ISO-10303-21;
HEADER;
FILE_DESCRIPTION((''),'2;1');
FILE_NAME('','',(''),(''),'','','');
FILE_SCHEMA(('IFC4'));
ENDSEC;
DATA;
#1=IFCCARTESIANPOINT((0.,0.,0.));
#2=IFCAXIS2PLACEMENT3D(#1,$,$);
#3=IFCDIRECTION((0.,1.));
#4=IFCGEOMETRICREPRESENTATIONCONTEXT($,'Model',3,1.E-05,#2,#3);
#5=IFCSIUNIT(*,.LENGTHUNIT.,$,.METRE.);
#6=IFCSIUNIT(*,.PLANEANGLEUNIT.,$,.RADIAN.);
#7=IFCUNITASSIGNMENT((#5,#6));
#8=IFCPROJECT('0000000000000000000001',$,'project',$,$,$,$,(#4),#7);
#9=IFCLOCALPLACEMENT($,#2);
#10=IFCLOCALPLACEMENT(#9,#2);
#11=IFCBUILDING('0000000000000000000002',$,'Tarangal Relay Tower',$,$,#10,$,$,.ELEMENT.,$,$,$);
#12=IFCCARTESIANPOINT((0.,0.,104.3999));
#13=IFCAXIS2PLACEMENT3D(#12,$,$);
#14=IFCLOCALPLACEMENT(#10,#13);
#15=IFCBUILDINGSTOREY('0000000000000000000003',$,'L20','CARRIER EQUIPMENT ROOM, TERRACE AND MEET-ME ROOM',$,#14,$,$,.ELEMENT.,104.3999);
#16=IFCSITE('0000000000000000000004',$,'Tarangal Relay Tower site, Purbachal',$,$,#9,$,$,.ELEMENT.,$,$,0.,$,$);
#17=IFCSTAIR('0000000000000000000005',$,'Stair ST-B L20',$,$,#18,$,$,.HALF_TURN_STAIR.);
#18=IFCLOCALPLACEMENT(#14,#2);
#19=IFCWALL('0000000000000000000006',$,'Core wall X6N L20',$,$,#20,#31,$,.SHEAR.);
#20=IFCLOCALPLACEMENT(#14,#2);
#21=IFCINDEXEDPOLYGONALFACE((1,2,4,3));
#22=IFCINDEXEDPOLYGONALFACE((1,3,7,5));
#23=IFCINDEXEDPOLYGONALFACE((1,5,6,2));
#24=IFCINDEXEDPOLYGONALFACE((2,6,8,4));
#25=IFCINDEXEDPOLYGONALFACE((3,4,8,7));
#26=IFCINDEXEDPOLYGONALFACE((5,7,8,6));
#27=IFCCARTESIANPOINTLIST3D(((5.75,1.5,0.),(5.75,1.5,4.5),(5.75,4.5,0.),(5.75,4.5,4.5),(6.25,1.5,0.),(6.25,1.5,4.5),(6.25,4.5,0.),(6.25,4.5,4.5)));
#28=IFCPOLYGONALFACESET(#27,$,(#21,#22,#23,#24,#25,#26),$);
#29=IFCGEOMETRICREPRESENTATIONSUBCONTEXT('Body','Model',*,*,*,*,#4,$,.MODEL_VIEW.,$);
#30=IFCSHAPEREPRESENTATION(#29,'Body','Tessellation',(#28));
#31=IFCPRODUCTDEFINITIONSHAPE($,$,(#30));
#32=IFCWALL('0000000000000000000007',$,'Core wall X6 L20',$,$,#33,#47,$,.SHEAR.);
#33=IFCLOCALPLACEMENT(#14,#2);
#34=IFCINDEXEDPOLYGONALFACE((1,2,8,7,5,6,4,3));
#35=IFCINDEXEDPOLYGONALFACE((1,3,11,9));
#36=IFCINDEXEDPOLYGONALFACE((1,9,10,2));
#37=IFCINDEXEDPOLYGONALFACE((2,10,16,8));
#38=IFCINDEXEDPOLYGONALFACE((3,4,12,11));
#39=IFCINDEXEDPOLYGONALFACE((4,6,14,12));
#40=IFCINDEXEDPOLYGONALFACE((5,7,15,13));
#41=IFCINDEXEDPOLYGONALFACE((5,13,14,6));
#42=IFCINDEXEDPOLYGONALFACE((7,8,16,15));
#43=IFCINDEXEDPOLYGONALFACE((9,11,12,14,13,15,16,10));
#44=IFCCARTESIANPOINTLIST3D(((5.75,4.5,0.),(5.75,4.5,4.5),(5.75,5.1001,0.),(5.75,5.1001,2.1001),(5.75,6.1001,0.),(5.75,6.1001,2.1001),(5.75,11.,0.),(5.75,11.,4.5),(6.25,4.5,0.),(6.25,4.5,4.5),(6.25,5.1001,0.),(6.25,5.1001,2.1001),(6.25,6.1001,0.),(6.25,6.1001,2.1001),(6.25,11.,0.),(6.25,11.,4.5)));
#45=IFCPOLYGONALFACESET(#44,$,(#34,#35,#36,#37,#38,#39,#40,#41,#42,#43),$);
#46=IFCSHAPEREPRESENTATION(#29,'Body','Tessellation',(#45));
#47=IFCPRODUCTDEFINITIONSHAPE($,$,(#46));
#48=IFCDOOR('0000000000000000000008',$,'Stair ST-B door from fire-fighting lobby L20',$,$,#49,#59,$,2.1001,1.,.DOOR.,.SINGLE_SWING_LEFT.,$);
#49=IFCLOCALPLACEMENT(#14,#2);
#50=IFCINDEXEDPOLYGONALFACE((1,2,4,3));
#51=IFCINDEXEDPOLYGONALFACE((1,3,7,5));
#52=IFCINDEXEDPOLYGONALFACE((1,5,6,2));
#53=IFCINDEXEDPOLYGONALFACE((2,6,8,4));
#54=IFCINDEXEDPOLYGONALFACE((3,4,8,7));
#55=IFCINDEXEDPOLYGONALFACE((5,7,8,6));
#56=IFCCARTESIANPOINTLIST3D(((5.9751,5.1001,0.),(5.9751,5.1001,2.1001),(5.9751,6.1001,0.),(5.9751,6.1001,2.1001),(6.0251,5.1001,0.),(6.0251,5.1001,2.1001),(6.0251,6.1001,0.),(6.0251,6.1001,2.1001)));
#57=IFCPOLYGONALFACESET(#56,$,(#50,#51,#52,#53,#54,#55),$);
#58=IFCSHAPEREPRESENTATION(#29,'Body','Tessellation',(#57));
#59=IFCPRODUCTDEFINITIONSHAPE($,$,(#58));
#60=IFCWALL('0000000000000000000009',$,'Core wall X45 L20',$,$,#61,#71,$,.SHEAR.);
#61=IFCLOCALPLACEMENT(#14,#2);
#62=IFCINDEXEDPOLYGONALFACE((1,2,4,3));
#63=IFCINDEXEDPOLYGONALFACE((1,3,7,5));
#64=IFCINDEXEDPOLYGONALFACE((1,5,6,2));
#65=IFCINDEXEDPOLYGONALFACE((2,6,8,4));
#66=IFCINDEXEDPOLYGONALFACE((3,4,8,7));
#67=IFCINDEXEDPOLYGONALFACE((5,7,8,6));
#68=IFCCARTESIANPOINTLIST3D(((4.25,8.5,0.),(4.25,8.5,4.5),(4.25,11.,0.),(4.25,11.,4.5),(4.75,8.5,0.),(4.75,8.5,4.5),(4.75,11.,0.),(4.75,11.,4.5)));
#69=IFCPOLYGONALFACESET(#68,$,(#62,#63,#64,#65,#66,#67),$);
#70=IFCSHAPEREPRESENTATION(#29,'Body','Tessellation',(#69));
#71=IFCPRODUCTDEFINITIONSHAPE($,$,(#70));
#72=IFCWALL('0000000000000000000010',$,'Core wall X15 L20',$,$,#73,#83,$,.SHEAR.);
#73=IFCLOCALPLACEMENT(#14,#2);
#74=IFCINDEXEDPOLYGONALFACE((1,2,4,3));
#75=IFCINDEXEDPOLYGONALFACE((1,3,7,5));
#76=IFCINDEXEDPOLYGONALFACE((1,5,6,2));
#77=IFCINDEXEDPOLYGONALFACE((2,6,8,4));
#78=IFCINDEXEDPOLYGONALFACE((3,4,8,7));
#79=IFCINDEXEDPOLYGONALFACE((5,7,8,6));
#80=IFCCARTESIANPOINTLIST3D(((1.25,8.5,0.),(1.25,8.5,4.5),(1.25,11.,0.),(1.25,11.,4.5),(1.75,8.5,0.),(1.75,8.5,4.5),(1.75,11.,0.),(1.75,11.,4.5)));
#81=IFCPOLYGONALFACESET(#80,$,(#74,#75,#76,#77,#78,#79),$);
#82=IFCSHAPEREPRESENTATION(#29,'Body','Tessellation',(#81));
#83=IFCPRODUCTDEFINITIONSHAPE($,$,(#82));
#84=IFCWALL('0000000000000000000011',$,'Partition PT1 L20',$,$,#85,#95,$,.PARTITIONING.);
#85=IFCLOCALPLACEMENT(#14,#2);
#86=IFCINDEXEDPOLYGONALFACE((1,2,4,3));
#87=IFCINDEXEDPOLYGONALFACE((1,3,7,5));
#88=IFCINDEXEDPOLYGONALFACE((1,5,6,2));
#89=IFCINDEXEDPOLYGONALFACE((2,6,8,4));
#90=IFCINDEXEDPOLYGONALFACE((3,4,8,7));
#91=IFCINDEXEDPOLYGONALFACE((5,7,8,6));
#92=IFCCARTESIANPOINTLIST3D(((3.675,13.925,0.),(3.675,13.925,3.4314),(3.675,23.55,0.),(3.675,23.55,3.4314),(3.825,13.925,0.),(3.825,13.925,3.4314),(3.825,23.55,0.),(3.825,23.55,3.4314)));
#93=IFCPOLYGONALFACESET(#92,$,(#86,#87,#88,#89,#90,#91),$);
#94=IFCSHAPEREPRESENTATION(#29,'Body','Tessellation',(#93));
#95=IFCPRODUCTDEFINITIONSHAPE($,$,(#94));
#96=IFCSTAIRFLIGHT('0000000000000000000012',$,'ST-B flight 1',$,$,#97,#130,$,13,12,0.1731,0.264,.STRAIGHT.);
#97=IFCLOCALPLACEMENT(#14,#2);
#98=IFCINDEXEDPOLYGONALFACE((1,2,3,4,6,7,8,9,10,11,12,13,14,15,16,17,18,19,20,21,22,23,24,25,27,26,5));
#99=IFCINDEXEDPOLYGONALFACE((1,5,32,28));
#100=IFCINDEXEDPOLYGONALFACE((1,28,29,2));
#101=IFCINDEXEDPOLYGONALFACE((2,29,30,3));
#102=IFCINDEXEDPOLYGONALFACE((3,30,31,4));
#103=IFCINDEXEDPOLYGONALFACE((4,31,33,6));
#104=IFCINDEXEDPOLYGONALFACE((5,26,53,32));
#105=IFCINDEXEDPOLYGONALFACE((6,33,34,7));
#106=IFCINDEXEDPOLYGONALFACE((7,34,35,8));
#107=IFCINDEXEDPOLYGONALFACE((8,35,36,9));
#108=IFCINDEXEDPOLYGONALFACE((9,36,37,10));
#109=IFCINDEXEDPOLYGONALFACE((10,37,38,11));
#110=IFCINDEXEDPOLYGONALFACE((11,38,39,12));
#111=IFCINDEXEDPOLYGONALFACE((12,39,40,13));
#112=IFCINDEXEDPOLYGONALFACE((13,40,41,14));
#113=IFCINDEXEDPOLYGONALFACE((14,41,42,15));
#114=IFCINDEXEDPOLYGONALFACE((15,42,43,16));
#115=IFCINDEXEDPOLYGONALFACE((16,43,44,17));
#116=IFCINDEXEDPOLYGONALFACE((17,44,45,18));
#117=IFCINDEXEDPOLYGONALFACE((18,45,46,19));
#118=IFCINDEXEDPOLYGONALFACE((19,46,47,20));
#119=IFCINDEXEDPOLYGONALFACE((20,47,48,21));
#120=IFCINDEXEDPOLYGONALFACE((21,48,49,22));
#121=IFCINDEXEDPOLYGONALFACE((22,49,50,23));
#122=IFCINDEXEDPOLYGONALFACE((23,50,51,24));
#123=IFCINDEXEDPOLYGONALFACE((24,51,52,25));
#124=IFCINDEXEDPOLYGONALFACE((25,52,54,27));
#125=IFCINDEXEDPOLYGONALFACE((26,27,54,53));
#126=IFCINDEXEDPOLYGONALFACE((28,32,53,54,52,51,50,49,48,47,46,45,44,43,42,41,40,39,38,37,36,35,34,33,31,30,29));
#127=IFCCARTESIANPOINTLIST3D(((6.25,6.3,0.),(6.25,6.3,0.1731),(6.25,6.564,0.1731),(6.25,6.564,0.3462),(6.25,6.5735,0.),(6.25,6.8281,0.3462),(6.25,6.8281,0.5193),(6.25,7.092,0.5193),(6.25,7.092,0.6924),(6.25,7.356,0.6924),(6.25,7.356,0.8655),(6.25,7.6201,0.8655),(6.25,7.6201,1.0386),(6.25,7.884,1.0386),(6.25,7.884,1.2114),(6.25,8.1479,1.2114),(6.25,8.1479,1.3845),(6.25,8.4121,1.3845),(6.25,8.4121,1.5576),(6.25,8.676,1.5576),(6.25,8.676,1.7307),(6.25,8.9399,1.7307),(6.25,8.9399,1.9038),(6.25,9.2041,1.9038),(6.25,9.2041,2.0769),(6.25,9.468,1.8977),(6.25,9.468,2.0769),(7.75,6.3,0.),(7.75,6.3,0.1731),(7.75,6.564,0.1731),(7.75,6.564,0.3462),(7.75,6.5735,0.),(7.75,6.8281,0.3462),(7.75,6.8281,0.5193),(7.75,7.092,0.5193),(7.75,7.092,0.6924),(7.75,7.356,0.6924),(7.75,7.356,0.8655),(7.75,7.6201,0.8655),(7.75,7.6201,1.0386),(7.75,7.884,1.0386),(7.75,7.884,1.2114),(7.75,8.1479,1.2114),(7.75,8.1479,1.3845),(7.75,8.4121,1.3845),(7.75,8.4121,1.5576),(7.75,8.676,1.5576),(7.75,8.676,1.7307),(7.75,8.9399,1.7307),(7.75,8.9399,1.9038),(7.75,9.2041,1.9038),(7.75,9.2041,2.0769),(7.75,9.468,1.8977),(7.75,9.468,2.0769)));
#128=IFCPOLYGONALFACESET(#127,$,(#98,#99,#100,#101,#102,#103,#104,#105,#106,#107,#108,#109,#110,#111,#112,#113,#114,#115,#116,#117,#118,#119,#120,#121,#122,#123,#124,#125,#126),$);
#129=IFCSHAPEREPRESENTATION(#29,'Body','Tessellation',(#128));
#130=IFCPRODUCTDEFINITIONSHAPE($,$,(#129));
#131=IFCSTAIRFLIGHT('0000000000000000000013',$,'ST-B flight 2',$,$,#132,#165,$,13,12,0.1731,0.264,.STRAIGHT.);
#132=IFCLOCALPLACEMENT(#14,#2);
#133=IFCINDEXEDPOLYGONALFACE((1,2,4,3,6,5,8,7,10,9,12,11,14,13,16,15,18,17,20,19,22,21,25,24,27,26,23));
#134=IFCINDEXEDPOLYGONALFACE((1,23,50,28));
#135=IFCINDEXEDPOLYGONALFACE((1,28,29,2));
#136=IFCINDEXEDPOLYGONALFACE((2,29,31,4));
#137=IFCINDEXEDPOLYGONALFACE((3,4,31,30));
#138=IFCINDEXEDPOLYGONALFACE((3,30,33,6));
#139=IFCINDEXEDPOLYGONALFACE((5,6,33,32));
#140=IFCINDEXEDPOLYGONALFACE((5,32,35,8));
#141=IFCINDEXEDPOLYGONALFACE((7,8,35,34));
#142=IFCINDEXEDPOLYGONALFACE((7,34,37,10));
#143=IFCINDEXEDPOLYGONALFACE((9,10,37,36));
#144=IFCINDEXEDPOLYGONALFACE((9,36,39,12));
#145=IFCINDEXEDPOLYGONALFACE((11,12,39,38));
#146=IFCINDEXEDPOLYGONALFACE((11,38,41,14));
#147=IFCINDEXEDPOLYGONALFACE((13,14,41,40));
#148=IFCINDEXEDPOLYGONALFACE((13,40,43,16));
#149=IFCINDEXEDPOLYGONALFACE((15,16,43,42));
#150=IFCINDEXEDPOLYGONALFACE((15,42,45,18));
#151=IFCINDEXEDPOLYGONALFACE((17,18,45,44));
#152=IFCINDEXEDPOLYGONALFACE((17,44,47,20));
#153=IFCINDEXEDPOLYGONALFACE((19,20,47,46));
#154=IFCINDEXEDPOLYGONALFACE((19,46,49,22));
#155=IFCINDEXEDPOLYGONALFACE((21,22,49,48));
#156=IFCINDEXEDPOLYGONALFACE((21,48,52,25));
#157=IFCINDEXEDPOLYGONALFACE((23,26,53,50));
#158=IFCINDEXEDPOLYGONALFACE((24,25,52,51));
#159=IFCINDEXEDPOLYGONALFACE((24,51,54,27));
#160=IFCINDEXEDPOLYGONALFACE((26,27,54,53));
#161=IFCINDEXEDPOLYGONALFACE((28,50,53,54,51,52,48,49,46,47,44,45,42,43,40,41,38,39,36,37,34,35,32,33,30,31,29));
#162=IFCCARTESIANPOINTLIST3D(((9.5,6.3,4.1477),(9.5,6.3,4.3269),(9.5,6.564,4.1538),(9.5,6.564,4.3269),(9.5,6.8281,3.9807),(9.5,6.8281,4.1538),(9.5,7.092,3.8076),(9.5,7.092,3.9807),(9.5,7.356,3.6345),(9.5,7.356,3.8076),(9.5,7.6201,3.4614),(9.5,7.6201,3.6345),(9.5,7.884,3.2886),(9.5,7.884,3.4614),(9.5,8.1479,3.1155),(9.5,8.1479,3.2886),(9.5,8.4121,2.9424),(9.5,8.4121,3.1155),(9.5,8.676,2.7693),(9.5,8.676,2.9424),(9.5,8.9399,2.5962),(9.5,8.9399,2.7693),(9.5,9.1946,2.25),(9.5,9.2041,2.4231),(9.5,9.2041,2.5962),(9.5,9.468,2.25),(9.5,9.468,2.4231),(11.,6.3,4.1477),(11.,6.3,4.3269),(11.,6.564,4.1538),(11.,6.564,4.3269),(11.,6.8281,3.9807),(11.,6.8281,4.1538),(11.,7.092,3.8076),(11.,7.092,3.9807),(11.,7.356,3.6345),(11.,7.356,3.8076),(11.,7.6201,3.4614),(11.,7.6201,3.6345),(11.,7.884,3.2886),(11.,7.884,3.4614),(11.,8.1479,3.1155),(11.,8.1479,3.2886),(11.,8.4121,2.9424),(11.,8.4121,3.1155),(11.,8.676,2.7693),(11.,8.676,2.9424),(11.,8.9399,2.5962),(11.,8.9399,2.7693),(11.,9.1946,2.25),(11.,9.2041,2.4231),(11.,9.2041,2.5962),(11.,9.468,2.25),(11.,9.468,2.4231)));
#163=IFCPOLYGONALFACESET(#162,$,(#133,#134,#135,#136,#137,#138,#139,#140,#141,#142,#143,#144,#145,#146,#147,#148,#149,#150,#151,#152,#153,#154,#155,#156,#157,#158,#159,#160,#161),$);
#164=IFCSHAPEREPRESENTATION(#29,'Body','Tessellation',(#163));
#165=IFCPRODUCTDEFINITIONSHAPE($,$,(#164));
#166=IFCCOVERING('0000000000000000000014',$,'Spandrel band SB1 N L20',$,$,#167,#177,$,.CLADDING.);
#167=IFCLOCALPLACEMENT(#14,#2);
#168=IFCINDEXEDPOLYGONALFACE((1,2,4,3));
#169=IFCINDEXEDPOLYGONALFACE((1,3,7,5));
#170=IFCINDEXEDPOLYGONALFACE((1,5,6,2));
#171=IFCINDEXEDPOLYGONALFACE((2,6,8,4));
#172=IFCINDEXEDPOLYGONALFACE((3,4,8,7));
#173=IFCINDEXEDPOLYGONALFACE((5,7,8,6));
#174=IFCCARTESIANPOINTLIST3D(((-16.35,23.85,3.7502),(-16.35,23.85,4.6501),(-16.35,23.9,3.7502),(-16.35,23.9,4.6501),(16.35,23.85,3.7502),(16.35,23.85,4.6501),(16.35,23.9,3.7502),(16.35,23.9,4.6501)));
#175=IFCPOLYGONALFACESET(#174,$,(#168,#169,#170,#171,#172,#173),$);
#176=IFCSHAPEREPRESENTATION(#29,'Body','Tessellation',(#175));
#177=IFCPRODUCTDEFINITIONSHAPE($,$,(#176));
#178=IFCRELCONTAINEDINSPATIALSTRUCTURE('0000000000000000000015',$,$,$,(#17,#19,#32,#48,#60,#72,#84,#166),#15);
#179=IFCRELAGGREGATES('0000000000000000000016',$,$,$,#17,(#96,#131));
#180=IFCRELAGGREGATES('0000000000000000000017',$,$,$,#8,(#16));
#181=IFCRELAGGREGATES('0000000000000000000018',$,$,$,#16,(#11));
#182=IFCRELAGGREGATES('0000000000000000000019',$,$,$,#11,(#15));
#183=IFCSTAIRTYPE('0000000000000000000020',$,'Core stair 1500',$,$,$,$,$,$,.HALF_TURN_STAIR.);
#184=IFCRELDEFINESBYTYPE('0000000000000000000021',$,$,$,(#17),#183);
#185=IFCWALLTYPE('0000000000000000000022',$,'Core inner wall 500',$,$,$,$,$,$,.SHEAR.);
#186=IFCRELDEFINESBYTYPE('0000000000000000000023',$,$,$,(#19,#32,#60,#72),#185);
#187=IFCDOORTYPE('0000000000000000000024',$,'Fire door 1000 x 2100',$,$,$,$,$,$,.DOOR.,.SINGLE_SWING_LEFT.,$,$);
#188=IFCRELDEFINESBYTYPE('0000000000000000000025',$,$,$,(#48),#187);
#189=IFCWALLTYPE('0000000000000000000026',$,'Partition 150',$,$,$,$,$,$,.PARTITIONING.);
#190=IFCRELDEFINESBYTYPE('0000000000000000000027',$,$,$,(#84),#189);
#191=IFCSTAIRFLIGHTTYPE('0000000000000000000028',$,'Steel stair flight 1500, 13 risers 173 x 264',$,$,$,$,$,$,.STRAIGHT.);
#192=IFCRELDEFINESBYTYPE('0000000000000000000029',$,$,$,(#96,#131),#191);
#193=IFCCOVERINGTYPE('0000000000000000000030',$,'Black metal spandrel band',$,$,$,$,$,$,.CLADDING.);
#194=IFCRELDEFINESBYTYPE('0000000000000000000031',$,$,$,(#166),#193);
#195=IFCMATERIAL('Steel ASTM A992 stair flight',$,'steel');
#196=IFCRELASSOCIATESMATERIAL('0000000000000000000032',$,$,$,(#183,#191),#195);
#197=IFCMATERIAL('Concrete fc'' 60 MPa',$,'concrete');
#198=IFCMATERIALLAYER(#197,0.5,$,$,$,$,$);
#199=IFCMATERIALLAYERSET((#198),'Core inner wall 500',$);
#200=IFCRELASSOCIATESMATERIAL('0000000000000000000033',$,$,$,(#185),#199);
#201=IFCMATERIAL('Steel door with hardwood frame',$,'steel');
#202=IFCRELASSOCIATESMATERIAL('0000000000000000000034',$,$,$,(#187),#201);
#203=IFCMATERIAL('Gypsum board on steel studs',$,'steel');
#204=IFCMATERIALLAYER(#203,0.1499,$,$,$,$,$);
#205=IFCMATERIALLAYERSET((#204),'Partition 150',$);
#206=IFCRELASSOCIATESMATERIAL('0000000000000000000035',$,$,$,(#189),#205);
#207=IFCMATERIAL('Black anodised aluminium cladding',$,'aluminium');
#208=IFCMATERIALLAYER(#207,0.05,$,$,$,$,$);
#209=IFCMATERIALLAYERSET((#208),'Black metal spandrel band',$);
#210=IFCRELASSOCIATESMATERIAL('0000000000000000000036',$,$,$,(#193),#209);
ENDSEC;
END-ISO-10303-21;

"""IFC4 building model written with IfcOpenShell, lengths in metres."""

from ifc_helpers import new_model, si_unit, direction, frame, frame_2d, origin, origin_2d, place, context, subcontext, project, spatial, polyline, rectangle, outline, extrude, material, layer, layer_set, type_object, element, fill, aggregate, save


model = new_model("IFC4")

# Units and contexts
model_context = context("Model", 3, precision=1e-05, world=origin(), true_north=direction((0.0, 1.0)))
body_context = subcontext(model_context, "Body", "Model", "MODEL_VIEW")
ifc_project = project(units=[si_unit("LENGTHUNIT", "METRE"), si_unit("PLANEANGLEUNIT", "RADIAN")], contexts=[model_context])

# Site, building, storey
site_placement = place(None, origin())
site = spatial("IfcSite", under=ifc_project, at=site_placement, Name="Tarangal Relay Tower site, Purbachal", CompositionType="ELEMENT", RefElevation=0.0)
building_placement = place(site_placement, origin())
building = spatial("IfcBuilding", under=site, at=building_placement, Name="Tarangal Relay Tower", CompositionType="ELEMENT")
storey_placement = place(building_placement, frame((0.0, 0.0, 104.3999)))
storey = spatial("IfcBuildingStorey", under=building, at=storey_placement, Name="L20", Description="CARRIER EQUIPMENT ROOM, TERRACE AND MEET-ME ROOM", CompositionType="ELEMENT", Elevation=104.3999)

# Stair
ifc_material_1 = material(Name="Steel ASTM A992 stair flight", Category="steel")
stair_type = type_object("IfcStairType", Name="Core stair 1500", PredefinedType="HALF_TURN_STAIR", material=ifc_material_1)
stair_1_placement = place(storey_placement, origin())
stair_1 = element("IfcStair", 1, at=stair_1_placement, inside=storey, type_object=stair_type, Name="Stair ST-B L20", PredefinedType="HALF_TURN_STAIR")

# Wall
ifc_material_2 = material(Name="Concrete fc' 60 MPa", Category="concrete")
ifc_layer_1 = layer(ifc_material_2, 0.5)
ifc_layer_set_1 = layer_set([ifc_layer_1], Name="Core inner wall 500")
wall_type_1 = type_object("IfcWallType", Name="Core inner wall 500", PredefinedType="SHEAR", material=ifc_layer_set_1)
for number, where, z_axis, x_axis, name in (
    (2, (6.0, 1.5, 0.0), (0.0, 0.0, 1.0), (0.0, 1.0, 0.0), "Core wall X6N L20"),
):
    element("IfcWall", number, at=place(storey_placement, frame(where, z_axis=z_axis, x_axis=x_axis)), inside=storey, type_object=wall_type_1, Name=name, PredefinedType="SHEAR", context=body_context, shape_type="SweptSolid", body=[
        extrude(rectangle(XDim=3.0, YDim=0.5, at=frame_2d((1.5, 0.0))), origin(), (0.0, 0.0, 1.0), 4.5),
    ])

# Wall, opening, door
wall_1_placement = place(storey_placement, frame((6.0, 4.5, 0.0), z_axis=(0.0, 0.0, 1.0), x_axis=(0.0, 1.0, 0.0)))
wall_1 = element("IfcWall", 3, at=wall_1_placement, inside=storey, type_object=wall_type_1, Name="Core wall X6 L20", PredefinedType="SHEAR", context=body_context, shape_type="SweptSolid", body=[
    extrude(rectangle(XDim=6.5, YDim=0.5, at=frame_2d((3.25, 0.0))), origin(), (0.0, 0.0, 1.0), 4.5),
])
opening_placement = place(wall_1_placement, frame((0.6001, 0.0, 0.0)))
opening = element("IfcOpeningElement", 4, at=opening_placement, cuts=wall_1, PredefinedType="OPENING", context=body_context, shape_type="SweptSolid", body=[
    extrude(rectangle(XDim=1.0, YDim=2.1001, at=frame_2d((0.5, 1.05))), frame((0.0, 0.26, 0.0), z_axis=(0.0, -1.0, 0.0), x_axis=(1.0, 0.0, 0.0)), (0.0, 0.0, 1.0), 0.52),
])
ifc_material_3 = material(Name="Steel door with hardwood frame", Category="steel")
door_type = type_object("IfcDoorType", Name="Fire door 1000 x 2100", OperationType="SINGLE_SWING_LEFT", PredefinedType="DOOR", material=ifc_material_3)
door_placement = place(opening_placement, origin())
door = element("IfcDoor", 5, at=door_placement, inside=storey, type_object=door_type, Name="Stair ST-B door from fire-fighting lobby L20", OperationType="SINGLE_SWING_LEFT", OverallHeight=2.1001, OverallWidth=1.0, PredefinedType="DOOR", context=body_context, shape_type="SweptSolid", body=[
    extrude(rectangle(XDim=1.0, YDim=2.1001, at=frame_2d((0.5, 1.05))), frame((0.0, 0.0249, 0.0), z_axis=(0.0, -1.0, 0.0), x_axis=(1.0, 0.0, 0.0)), (0.0, 0.0, 1.0), 0.05),
])
fill(opening, door)

# Walls
for number, where, z_axis, x_axis, name in (
    (6, (4.5, 8.5, 0.0), (0.0, 0.0, 1.0), (0.0, 1.0, 0.0), "Core wall X45 L20"),
    (7, (1.5, 8.5, 0.0), (0.0, 0.0, 1.0), (0.0, 1.0, 0.0), "Core wall X15 L20"),
):
    element("IfcWall", number, at=place(storey_placement, frame(where, z_axis=z_axis, x_axis=x_axis)), inside=storey, type_object=wall_type_1, Name=name, PredefinedType="SHEAR", context=body_context, shape_type="SweptSolid", body=[
        extrude(rectangle(XDim=2.5, YDim=0.5, at=frame_2d((1.25, 0.0))), origin(), (0.0, 0.0, 1.0), 4.5),
    ])
ifc_material_4 = material(Name="Gypsum board on steel studs", Category="steel")
ifc_layer_2 = layer(ifc_material_4, 0.1499)
ifc_layer_set_2 = layer_set([ifc_layer_2], Name="Partition 150")
wall_type_2 = type_object("IfcWallType", Name="Partition 150", PredefinedType="PARTITIONING", material=ifc_layer_set_2)
wall_2_placement = place(storey_placement, frame((3.75, 13.925, 0.0), z_axis=(0.0, 0.0, 1.0), x_axis=(0.0, 1.0, 0.0)))
element("IfcWall", 8, at=wall_2_placement, inside=storey, type_object=wall_type_2, Name="Partition PT1 L20", PredefinedType="PARTITIONING", context=body_context, shape_type="SweptSolid", body=[
    extrude(rectangle(XDim=9.625, YDim=0.1499, at=frame_2d((4.8125, 0.0))), origin(), (0.0, 0.0, 1.0), 3.4314),
])

# Stair flights
stair_flight_type = type_object("IfcStairFlightType", Name="Steel stair flight 1500, 13 risers 173 x 264", PredefinedType="STRAIGHT", material=ifc_material_1)
stair_flight_1_placement = place(storey_placement, frame((7.0, 6.3, 0.0), z_axis=(0.0, 0.0, 1.0), x_axis=(0.0, 1.0, 0.0)))
stair_flight_1 = element("IfcStairFlight", 9, at=stair_flight_1_placement, type_object=stair_flight_type, Name="ST-B flight 1", NumberOfRisers=13, NumberOfTreads=12, PredefinedType="STRAIGHT", RiserHeight=0.1731, TreadLength=0.264, context=body_context, shape_type="SweptSolid", body=[
    extrude(outline(polyline([(0.0, 0.0), (0.0, 0.1731), (0.2639, 0.1731), (0.2639, 0.3462), (0.5281, 0.3462), (0.5281, 0.5193), (0.792, 0.5193), (0.792, 0.6924), (1.0559, 0.6924), (1.0559, 0.8655), (1.3201, 0.8655), (1.3201, 1.0386), (1.584, 1.0386), (1.584, 1.2114), (1.8479, 1.2114), (1.8479, 1.3845), (2.1121, 1.3845), (2.1121, 1.5576), (2.376, 1.5576), (2.376, 1.7307), (2.6399, 1.7307), (2.6399, 1.9038), (2.9041, 1.9038), (2.9041, 2.0769), (3.168, 2.0769), (3.168, 2.25), (3.168, 1.8977), (0.2734, 0.0), (0.0, 0.0)])), frame((0.0, 0.75, 0.0), z_axis=(0.0, -1.0, 0.0), x_axis=(1.0, 0.0, 0.0)), (0.0, 0.0, 1.0), 1.5),
])
stair_flight_2_placement = place(storey_placement, frame((10.25, 9.468, 2.25), z_axis=(0.0, 0.0, 1.0), x_axis=(0.0, -1.0, 0.0)))
stair_flight_2 = element("IfcStairFlight", 10, at=stair_flight_2_placement, type_object=stair_flight_type, Name="ST-B flight 2", NumberOfRisers=13, NumberOfTreads=12, PredefinedType="STRAIGHT", RiserHeight=0.1731, TreadLength=0.264, context=body_context, shape_type="SweptSolid", body=[
    extrude(outline(polyline([(0.0, 0.0), (0.0, 0.1731), (0.2639, 0.1731), (0.2639, 0.3462), (0.5281, 0.3462), (0.5281, 0.5193), (0.792, 0.5193), (0.792, 0.6924), (1.0559, 0.6924), (1.0559, 0.8655), (1.3201, 0.8655), (1.3201, 1.0386), (1.584, 1.0386), (1.584, 1.2114), (1.8479, 1.2114), (1.8479, 1.3845), (2.1121, 1.3845), (2.1121, 1.5576), (2.376, 1.5576), (2.376, 1.7307), (2.6399, 1.7307), (2.6399, 1.9038), (2.9041, 1.9038), (2.9041, 2.0769), (3.168, 2.0769), (3.168, 2.25), (3.168, 1.8977), (0.2734, 0.0), (0.0, 0.0)])), frame((0.0, 0.75, 0.0), z_axis=(0.0, -1.0, 0.0), x_axis=(1.0, 0.0, 0.0)), (0.0, 0.0, 1.0), 1.5),
])
aggregate(stair_1, [stair_flight_1, stair_flight_2])

# Covering
ifc_material_5 = material(Name="Black anodised aluminium cladding", Category="aluminium")
ifc_layer_3 = layer(ifc_material_5, 0.05)
ifc_layer_set_3 = layer_set([ifc_layer_3], Name="Black metal spandrel band")
covering_type = type_object("IfcCoveringType", Name="Black metal spandrel band", PredefinedType="CLADDING", material=ifc_layer_set_3)
covering_placement = place(storey_placement, frame((0.0, 23.875, 3.7502), z_axis=(0.0, 0.0, 1.0), x_axis=(1.0, 0.0, 0.0)))
element("IfcCovering", 11, at=covering_placement, inside=storey, type_object=covering_type, Name="Spandrel band SB1 N L20", PredefinedType="CLADDING", context=body_context, shape_type="SweptSolid", body=[
    extrude(rectangle(XDim=32.7, YDim=0.05, at=origin_2d()), origin(), (0.0, 0.0, 1.0), 0.8999),
])

save(model, "model.ifc")
